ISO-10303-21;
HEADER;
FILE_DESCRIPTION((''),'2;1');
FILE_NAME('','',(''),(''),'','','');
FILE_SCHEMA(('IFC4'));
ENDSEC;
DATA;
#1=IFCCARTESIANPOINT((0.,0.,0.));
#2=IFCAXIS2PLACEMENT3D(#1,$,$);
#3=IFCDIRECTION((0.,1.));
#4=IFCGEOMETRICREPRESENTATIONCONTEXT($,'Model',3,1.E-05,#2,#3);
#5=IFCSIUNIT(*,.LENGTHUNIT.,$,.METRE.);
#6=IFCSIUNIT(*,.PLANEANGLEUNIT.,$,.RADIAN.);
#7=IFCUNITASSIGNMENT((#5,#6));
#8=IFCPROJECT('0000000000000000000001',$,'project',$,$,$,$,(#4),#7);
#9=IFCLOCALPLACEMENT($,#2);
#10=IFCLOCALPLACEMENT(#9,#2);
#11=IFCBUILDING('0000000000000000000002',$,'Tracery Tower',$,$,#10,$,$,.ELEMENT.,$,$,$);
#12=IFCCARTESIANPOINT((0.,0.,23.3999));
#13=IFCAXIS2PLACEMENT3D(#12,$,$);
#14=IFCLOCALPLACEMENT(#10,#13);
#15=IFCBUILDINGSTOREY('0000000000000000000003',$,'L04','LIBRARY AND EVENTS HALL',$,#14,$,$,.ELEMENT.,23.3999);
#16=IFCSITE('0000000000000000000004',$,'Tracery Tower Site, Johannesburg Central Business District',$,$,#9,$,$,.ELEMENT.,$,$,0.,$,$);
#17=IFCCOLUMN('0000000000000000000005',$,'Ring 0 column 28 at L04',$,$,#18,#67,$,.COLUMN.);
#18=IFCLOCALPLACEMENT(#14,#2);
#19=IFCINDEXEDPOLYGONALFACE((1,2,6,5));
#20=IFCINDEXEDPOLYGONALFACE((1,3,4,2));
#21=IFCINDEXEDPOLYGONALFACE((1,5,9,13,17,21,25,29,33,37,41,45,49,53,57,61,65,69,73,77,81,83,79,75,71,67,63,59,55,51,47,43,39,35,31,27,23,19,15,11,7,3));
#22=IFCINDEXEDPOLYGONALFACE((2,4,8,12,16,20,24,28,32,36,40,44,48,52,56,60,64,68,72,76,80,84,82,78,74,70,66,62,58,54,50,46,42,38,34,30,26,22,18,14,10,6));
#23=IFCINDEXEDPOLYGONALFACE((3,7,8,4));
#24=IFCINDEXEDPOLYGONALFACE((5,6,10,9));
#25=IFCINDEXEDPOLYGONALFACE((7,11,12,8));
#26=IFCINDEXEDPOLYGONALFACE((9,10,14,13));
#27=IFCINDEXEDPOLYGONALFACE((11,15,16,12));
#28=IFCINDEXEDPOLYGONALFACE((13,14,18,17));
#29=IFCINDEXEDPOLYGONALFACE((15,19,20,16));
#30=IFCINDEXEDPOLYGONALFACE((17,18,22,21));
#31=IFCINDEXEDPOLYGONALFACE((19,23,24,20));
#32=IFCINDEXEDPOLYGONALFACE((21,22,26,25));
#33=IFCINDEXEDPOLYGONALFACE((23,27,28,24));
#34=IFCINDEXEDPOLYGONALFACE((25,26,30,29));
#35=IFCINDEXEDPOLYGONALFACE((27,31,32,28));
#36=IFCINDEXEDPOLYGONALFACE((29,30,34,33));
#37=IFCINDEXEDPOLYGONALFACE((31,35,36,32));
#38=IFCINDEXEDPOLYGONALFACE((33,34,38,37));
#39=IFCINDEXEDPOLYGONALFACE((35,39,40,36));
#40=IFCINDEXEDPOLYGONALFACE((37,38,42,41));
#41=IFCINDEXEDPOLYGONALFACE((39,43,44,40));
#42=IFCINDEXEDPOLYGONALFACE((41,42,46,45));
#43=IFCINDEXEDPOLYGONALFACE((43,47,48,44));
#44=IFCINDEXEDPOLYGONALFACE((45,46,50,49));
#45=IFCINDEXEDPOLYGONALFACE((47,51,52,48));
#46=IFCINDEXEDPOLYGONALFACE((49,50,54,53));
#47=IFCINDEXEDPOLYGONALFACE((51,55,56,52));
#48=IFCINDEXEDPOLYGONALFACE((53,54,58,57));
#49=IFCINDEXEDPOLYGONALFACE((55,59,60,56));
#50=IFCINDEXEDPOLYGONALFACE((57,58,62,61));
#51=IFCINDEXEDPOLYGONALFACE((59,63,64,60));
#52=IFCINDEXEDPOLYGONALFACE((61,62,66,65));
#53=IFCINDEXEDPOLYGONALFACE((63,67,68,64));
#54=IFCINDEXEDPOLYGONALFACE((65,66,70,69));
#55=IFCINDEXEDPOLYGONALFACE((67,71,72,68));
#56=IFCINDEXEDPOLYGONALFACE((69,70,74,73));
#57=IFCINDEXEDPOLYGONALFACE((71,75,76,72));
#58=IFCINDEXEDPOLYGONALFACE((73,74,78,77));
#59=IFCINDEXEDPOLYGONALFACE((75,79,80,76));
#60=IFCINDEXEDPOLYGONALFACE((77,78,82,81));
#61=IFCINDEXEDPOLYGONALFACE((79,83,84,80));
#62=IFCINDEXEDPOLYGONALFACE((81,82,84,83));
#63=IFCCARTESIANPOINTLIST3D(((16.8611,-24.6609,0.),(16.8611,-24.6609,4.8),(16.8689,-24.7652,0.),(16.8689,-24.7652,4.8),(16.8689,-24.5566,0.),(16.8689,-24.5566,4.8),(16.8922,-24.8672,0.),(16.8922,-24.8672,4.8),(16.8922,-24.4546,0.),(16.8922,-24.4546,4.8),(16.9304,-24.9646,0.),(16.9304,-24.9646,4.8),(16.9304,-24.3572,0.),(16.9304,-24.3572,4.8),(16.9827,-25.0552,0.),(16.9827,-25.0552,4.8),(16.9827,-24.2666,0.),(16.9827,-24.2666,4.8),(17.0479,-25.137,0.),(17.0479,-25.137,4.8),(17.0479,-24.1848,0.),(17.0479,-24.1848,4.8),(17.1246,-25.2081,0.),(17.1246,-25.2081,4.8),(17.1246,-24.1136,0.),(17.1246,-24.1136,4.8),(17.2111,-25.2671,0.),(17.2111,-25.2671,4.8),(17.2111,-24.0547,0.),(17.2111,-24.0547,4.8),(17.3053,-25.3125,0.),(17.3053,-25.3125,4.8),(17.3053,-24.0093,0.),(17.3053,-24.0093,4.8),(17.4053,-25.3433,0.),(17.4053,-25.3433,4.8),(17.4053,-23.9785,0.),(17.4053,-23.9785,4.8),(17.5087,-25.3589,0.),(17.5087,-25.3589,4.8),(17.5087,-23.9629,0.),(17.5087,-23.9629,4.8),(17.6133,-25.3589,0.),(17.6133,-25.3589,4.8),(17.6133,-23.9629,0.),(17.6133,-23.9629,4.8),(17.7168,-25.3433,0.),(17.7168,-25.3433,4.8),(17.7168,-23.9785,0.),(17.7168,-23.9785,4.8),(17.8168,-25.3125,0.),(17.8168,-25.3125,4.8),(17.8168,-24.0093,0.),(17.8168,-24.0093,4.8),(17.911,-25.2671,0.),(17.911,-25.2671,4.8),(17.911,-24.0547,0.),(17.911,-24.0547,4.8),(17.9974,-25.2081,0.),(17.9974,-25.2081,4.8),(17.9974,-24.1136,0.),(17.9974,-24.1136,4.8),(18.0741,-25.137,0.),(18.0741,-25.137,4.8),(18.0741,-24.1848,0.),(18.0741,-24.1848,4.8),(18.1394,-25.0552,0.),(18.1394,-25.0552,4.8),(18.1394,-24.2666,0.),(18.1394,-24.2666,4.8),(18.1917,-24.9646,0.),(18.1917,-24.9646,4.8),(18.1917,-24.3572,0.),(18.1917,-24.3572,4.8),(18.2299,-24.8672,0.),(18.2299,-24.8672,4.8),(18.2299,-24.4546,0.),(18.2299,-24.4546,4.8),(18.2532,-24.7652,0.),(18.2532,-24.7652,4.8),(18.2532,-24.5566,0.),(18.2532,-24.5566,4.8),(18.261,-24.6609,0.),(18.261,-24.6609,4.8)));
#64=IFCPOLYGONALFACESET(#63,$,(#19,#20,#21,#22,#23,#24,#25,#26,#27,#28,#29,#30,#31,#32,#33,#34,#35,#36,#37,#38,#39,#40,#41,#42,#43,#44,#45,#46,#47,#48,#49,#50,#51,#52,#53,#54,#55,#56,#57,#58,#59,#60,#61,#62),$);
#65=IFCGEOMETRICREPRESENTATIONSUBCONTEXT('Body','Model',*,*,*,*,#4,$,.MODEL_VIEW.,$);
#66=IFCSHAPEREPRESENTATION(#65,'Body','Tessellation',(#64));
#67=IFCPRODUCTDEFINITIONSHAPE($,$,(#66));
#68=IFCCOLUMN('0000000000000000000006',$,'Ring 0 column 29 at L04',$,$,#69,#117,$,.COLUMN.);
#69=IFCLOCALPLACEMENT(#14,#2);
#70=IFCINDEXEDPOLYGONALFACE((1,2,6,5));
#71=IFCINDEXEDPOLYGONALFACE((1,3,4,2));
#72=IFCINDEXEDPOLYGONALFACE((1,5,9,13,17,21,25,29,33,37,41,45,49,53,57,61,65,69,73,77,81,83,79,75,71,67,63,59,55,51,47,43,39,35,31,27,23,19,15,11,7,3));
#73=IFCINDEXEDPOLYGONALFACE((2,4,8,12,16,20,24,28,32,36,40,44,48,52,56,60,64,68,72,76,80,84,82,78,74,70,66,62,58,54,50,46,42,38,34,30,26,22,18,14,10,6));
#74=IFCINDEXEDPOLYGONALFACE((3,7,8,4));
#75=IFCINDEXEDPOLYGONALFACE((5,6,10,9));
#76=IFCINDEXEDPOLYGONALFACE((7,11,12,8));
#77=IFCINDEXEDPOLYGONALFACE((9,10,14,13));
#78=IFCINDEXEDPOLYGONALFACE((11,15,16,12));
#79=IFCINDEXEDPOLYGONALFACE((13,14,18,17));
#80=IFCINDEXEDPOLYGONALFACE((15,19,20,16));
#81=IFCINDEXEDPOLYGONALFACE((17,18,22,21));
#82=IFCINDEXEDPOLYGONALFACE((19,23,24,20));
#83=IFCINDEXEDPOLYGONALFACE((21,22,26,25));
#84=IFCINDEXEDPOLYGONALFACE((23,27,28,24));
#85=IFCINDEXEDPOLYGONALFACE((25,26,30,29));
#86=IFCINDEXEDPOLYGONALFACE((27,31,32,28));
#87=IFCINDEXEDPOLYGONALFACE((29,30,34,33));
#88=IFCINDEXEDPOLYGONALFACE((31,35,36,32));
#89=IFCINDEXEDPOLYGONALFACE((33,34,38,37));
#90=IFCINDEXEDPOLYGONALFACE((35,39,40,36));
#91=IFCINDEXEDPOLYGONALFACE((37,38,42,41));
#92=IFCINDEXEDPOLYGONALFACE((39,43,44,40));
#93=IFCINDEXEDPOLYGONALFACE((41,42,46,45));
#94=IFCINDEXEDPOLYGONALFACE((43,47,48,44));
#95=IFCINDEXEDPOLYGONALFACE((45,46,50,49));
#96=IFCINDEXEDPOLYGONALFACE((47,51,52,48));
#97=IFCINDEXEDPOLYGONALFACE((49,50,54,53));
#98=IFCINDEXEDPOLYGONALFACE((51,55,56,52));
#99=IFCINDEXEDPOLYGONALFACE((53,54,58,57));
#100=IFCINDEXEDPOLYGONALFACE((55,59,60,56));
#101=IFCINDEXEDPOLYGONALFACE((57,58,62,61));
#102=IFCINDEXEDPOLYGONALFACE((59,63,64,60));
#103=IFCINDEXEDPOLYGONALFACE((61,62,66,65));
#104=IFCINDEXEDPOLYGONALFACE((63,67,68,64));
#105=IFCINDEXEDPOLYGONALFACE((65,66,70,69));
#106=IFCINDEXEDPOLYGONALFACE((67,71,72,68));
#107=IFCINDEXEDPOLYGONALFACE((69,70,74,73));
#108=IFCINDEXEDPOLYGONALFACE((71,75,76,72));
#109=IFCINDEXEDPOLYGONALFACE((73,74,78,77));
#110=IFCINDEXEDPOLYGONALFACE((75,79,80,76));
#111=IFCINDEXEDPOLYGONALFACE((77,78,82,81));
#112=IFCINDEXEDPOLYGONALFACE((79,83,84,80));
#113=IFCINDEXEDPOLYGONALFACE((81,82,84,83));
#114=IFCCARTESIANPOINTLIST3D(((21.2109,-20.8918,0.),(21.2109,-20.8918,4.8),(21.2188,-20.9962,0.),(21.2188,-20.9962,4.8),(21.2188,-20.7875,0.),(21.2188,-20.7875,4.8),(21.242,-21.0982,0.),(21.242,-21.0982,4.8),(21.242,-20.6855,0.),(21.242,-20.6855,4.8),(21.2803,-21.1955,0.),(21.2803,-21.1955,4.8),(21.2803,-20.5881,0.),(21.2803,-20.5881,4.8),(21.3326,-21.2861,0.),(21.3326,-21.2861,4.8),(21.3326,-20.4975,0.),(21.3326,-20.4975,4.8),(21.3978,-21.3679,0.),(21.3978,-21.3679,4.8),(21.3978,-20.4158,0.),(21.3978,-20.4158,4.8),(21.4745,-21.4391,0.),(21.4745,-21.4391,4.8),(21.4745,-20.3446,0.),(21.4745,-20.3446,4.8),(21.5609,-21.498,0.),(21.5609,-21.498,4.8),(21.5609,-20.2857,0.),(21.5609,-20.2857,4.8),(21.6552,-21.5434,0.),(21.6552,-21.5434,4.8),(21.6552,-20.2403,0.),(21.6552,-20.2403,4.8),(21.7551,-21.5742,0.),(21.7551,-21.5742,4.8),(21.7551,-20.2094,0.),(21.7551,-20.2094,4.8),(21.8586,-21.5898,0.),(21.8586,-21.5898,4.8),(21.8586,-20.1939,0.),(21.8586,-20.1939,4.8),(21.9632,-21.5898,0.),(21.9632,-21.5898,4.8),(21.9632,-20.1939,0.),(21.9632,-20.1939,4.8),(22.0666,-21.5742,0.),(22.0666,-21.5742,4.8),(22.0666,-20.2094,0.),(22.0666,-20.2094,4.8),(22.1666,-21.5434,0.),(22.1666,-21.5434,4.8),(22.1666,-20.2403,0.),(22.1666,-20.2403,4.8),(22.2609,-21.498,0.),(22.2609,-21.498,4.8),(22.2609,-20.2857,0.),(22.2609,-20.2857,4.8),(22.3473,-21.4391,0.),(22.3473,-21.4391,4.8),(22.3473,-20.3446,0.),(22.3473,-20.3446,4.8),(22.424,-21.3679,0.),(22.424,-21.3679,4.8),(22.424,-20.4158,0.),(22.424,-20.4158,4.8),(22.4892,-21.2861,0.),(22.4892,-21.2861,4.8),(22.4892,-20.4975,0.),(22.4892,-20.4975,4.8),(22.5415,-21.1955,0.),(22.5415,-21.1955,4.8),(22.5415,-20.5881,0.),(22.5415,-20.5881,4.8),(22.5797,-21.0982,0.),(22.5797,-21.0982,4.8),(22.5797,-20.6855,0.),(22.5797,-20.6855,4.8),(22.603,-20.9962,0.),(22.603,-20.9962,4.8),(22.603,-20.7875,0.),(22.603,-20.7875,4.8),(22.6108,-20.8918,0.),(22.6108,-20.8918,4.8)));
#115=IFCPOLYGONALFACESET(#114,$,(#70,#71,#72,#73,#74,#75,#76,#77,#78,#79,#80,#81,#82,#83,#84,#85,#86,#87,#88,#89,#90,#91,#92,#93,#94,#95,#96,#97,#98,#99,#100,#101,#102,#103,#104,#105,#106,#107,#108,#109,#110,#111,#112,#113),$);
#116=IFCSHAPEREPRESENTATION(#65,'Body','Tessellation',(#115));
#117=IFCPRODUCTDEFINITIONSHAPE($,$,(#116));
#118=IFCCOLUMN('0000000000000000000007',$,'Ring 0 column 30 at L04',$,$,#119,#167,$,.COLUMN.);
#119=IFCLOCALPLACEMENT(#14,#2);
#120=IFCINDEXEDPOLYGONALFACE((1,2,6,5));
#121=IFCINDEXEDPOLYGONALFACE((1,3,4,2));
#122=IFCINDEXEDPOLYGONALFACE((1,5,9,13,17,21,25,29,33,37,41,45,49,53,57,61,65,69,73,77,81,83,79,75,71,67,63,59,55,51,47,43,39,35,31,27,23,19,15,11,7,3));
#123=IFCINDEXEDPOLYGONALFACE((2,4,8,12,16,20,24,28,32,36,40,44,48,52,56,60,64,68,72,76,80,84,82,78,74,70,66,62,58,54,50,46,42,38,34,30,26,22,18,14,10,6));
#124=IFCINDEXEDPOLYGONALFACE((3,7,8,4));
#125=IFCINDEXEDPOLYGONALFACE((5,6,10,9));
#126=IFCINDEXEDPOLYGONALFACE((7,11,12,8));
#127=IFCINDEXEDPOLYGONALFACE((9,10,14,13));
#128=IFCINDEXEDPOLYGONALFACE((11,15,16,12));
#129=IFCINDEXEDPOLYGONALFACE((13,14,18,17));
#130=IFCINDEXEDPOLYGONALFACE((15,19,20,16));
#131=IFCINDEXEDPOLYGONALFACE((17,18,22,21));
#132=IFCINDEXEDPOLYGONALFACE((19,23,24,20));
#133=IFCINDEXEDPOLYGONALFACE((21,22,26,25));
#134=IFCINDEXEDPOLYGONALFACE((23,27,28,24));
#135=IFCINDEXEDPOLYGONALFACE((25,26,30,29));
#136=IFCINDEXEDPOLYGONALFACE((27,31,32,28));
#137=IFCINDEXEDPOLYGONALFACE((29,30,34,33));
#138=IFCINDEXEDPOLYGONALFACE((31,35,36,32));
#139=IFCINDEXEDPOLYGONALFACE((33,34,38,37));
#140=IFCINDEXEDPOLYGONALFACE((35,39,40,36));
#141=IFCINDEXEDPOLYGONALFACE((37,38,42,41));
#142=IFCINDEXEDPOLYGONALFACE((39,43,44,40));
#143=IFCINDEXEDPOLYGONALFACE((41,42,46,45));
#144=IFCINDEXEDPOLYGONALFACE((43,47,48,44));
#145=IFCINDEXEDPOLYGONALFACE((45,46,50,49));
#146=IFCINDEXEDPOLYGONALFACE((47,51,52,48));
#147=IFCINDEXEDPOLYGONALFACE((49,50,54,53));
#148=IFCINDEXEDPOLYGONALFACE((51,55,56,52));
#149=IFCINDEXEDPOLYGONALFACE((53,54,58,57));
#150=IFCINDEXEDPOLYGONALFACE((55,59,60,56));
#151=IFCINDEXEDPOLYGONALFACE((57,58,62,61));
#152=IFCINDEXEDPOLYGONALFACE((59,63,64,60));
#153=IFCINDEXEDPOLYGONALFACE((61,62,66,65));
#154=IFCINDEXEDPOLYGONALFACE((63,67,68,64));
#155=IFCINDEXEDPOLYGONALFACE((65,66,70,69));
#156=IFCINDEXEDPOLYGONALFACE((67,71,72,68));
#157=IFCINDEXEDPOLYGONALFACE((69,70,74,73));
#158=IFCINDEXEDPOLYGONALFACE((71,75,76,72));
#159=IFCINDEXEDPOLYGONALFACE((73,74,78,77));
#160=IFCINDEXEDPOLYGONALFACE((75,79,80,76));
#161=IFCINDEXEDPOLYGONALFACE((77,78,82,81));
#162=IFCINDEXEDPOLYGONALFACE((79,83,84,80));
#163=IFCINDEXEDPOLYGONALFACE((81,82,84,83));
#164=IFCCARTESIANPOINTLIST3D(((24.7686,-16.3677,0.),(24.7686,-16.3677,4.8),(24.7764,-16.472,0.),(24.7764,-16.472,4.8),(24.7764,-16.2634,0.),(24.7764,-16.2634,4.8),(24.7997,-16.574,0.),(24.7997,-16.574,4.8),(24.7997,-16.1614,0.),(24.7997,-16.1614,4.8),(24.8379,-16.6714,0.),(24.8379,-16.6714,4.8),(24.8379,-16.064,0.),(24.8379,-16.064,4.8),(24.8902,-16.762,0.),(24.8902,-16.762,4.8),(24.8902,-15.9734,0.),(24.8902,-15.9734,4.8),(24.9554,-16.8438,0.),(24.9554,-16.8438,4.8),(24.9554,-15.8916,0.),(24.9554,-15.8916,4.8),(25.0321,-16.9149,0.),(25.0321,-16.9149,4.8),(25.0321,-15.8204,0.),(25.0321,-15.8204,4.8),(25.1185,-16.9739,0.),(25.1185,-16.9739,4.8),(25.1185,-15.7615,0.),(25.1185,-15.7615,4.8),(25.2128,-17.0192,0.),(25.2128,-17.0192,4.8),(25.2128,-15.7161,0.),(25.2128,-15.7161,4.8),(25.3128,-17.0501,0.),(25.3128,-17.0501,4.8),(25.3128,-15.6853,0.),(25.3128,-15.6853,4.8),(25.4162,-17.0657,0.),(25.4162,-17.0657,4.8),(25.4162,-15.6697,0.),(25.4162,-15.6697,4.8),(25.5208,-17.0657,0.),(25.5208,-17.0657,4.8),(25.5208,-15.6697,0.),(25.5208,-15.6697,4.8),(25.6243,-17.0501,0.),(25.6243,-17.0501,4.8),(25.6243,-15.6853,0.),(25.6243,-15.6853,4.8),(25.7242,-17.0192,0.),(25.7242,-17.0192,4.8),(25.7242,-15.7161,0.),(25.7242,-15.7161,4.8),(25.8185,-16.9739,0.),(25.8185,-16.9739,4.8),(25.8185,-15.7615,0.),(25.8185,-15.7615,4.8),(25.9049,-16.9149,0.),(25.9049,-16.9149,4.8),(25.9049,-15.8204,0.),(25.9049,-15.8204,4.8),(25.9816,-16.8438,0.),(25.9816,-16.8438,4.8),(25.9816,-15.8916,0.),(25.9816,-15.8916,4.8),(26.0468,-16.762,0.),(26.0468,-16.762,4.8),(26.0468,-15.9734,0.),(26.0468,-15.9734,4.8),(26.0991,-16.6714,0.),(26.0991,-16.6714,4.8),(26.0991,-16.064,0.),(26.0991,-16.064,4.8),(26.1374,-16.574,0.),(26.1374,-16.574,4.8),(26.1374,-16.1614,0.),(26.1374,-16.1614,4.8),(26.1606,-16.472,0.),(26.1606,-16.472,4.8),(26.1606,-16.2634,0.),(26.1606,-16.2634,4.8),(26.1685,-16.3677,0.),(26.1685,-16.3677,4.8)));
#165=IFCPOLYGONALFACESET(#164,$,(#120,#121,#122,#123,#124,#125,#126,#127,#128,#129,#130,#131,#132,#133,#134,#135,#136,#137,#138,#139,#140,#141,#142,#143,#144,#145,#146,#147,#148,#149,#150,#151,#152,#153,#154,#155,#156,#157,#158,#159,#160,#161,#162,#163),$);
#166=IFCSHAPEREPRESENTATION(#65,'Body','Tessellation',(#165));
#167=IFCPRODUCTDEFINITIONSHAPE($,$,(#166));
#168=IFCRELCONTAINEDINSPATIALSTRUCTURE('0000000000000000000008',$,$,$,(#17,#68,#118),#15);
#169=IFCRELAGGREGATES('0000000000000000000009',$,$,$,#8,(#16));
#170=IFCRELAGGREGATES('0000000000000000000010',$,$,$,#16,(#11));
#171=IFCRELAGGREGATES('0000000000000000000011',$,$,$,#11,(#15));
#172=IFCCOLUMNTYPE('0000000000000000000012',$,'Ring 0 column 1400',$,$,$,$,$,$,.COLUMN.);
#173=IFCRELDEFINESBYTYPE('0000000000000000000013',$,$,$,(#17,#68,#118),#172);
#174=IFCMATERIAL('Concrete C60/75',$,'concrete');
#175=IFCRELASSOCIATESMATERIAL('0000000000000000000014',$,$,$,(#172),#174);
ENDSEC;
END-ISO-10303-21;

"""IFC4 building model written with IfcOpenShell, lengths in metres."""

from ifc_helpers import new_model, si_unit, direction, frame, origin, origin_2d, place, context, subcontext, project, spatial, circle, extrude, material, material_profile, profile_set, type_object, element, save


model = new_model("IFC4")

# Units and contexts
model_context = context("Model", 3, precision=1e-05, world=origin(), true_north=direction((0.0, 1.0)))
body_context = subcontext(model_context, "Body", "Model", "MODEL_VIEW")
ifc_project = project(units=[si_unit("LENGTHUNIT", "METRE"), si_unit("PLANEANGLEUNIT", "RADIAN")], contexts=[model_context])

# Site, building, storey
site_placement = place(None, origin())
site = spatial("IfcSite", under=ifc_project, at=site_placement, Name="Tracery Tower Site, Johannesburg Central Business District", CompositionType="ELEMENT", RefElevation=0.0)
building_placement = place(site_placement, origin())
building = spatial("IfcBuilding", under=site, at=building_placement, Name="Tracery Tower", CompositionType="ELEMENT")
storey_placement = place(building_placement, frame((0.0, 0.0, 23.3999)))
storey = spatial("IfcBuildingStorey", under=building, at=storey_placement, Name="L04", Description="LIBRARY AND EVENTS HALL", CompositionType="ELEMENT", Elevation=23.3999)

# Columns
ifc_material_1 = material(Name="Concrete C60/75", Category="concrete")
ifc_material_profile_1 = material_profile(ifc_material_1, circle(Radius=0.7, at=origin_2d()), Name="RC D1400")
ifc_profile_set_1 = profile_set([ifc_material_profile_1], Name="Concrete C60/75")
column_type_1 = type_object("IfcColumnType", Name="Ring 0 column 1400", PredefinedType="COLUMN", material=ifc_profile_set_1)
for number, where, z_axis, x_axis, name in (
    (1, (17.561, -24.6609, 0.0), (0.0, 0.0, 1.0), (1.0, 0.0, 0.0), "Ring 0 column 28 at L04"),
    (2, (21.9109, -20.8918, 0.0), (0.0, 0.0, 1.0), (1.0, 0.0, 0.0), "Ring 0 column 29 at L04"),
    (3, (25.4685, -16.3677, 0.0), (0.0, 0.0, 1.0), (1.0, 0.0, 0.0), "Ring 0 column 30 at L04"),
):
    element("IfcColumn", number, at=place(storey_placement, frame(where, z_axis=z_axis, x_axis=x_axis)), inside=storey, type_object=column_type_1, Name=name, PredefinedType="COLUMN", context=body_context, shape_type="SweptSolid", body=[
        extrude(circle(Radius=0.7, at=origin_2d()), origin(), (0.0, 0.0, 1.0), 4.8),
    ])

save(model, "model.ifc")
